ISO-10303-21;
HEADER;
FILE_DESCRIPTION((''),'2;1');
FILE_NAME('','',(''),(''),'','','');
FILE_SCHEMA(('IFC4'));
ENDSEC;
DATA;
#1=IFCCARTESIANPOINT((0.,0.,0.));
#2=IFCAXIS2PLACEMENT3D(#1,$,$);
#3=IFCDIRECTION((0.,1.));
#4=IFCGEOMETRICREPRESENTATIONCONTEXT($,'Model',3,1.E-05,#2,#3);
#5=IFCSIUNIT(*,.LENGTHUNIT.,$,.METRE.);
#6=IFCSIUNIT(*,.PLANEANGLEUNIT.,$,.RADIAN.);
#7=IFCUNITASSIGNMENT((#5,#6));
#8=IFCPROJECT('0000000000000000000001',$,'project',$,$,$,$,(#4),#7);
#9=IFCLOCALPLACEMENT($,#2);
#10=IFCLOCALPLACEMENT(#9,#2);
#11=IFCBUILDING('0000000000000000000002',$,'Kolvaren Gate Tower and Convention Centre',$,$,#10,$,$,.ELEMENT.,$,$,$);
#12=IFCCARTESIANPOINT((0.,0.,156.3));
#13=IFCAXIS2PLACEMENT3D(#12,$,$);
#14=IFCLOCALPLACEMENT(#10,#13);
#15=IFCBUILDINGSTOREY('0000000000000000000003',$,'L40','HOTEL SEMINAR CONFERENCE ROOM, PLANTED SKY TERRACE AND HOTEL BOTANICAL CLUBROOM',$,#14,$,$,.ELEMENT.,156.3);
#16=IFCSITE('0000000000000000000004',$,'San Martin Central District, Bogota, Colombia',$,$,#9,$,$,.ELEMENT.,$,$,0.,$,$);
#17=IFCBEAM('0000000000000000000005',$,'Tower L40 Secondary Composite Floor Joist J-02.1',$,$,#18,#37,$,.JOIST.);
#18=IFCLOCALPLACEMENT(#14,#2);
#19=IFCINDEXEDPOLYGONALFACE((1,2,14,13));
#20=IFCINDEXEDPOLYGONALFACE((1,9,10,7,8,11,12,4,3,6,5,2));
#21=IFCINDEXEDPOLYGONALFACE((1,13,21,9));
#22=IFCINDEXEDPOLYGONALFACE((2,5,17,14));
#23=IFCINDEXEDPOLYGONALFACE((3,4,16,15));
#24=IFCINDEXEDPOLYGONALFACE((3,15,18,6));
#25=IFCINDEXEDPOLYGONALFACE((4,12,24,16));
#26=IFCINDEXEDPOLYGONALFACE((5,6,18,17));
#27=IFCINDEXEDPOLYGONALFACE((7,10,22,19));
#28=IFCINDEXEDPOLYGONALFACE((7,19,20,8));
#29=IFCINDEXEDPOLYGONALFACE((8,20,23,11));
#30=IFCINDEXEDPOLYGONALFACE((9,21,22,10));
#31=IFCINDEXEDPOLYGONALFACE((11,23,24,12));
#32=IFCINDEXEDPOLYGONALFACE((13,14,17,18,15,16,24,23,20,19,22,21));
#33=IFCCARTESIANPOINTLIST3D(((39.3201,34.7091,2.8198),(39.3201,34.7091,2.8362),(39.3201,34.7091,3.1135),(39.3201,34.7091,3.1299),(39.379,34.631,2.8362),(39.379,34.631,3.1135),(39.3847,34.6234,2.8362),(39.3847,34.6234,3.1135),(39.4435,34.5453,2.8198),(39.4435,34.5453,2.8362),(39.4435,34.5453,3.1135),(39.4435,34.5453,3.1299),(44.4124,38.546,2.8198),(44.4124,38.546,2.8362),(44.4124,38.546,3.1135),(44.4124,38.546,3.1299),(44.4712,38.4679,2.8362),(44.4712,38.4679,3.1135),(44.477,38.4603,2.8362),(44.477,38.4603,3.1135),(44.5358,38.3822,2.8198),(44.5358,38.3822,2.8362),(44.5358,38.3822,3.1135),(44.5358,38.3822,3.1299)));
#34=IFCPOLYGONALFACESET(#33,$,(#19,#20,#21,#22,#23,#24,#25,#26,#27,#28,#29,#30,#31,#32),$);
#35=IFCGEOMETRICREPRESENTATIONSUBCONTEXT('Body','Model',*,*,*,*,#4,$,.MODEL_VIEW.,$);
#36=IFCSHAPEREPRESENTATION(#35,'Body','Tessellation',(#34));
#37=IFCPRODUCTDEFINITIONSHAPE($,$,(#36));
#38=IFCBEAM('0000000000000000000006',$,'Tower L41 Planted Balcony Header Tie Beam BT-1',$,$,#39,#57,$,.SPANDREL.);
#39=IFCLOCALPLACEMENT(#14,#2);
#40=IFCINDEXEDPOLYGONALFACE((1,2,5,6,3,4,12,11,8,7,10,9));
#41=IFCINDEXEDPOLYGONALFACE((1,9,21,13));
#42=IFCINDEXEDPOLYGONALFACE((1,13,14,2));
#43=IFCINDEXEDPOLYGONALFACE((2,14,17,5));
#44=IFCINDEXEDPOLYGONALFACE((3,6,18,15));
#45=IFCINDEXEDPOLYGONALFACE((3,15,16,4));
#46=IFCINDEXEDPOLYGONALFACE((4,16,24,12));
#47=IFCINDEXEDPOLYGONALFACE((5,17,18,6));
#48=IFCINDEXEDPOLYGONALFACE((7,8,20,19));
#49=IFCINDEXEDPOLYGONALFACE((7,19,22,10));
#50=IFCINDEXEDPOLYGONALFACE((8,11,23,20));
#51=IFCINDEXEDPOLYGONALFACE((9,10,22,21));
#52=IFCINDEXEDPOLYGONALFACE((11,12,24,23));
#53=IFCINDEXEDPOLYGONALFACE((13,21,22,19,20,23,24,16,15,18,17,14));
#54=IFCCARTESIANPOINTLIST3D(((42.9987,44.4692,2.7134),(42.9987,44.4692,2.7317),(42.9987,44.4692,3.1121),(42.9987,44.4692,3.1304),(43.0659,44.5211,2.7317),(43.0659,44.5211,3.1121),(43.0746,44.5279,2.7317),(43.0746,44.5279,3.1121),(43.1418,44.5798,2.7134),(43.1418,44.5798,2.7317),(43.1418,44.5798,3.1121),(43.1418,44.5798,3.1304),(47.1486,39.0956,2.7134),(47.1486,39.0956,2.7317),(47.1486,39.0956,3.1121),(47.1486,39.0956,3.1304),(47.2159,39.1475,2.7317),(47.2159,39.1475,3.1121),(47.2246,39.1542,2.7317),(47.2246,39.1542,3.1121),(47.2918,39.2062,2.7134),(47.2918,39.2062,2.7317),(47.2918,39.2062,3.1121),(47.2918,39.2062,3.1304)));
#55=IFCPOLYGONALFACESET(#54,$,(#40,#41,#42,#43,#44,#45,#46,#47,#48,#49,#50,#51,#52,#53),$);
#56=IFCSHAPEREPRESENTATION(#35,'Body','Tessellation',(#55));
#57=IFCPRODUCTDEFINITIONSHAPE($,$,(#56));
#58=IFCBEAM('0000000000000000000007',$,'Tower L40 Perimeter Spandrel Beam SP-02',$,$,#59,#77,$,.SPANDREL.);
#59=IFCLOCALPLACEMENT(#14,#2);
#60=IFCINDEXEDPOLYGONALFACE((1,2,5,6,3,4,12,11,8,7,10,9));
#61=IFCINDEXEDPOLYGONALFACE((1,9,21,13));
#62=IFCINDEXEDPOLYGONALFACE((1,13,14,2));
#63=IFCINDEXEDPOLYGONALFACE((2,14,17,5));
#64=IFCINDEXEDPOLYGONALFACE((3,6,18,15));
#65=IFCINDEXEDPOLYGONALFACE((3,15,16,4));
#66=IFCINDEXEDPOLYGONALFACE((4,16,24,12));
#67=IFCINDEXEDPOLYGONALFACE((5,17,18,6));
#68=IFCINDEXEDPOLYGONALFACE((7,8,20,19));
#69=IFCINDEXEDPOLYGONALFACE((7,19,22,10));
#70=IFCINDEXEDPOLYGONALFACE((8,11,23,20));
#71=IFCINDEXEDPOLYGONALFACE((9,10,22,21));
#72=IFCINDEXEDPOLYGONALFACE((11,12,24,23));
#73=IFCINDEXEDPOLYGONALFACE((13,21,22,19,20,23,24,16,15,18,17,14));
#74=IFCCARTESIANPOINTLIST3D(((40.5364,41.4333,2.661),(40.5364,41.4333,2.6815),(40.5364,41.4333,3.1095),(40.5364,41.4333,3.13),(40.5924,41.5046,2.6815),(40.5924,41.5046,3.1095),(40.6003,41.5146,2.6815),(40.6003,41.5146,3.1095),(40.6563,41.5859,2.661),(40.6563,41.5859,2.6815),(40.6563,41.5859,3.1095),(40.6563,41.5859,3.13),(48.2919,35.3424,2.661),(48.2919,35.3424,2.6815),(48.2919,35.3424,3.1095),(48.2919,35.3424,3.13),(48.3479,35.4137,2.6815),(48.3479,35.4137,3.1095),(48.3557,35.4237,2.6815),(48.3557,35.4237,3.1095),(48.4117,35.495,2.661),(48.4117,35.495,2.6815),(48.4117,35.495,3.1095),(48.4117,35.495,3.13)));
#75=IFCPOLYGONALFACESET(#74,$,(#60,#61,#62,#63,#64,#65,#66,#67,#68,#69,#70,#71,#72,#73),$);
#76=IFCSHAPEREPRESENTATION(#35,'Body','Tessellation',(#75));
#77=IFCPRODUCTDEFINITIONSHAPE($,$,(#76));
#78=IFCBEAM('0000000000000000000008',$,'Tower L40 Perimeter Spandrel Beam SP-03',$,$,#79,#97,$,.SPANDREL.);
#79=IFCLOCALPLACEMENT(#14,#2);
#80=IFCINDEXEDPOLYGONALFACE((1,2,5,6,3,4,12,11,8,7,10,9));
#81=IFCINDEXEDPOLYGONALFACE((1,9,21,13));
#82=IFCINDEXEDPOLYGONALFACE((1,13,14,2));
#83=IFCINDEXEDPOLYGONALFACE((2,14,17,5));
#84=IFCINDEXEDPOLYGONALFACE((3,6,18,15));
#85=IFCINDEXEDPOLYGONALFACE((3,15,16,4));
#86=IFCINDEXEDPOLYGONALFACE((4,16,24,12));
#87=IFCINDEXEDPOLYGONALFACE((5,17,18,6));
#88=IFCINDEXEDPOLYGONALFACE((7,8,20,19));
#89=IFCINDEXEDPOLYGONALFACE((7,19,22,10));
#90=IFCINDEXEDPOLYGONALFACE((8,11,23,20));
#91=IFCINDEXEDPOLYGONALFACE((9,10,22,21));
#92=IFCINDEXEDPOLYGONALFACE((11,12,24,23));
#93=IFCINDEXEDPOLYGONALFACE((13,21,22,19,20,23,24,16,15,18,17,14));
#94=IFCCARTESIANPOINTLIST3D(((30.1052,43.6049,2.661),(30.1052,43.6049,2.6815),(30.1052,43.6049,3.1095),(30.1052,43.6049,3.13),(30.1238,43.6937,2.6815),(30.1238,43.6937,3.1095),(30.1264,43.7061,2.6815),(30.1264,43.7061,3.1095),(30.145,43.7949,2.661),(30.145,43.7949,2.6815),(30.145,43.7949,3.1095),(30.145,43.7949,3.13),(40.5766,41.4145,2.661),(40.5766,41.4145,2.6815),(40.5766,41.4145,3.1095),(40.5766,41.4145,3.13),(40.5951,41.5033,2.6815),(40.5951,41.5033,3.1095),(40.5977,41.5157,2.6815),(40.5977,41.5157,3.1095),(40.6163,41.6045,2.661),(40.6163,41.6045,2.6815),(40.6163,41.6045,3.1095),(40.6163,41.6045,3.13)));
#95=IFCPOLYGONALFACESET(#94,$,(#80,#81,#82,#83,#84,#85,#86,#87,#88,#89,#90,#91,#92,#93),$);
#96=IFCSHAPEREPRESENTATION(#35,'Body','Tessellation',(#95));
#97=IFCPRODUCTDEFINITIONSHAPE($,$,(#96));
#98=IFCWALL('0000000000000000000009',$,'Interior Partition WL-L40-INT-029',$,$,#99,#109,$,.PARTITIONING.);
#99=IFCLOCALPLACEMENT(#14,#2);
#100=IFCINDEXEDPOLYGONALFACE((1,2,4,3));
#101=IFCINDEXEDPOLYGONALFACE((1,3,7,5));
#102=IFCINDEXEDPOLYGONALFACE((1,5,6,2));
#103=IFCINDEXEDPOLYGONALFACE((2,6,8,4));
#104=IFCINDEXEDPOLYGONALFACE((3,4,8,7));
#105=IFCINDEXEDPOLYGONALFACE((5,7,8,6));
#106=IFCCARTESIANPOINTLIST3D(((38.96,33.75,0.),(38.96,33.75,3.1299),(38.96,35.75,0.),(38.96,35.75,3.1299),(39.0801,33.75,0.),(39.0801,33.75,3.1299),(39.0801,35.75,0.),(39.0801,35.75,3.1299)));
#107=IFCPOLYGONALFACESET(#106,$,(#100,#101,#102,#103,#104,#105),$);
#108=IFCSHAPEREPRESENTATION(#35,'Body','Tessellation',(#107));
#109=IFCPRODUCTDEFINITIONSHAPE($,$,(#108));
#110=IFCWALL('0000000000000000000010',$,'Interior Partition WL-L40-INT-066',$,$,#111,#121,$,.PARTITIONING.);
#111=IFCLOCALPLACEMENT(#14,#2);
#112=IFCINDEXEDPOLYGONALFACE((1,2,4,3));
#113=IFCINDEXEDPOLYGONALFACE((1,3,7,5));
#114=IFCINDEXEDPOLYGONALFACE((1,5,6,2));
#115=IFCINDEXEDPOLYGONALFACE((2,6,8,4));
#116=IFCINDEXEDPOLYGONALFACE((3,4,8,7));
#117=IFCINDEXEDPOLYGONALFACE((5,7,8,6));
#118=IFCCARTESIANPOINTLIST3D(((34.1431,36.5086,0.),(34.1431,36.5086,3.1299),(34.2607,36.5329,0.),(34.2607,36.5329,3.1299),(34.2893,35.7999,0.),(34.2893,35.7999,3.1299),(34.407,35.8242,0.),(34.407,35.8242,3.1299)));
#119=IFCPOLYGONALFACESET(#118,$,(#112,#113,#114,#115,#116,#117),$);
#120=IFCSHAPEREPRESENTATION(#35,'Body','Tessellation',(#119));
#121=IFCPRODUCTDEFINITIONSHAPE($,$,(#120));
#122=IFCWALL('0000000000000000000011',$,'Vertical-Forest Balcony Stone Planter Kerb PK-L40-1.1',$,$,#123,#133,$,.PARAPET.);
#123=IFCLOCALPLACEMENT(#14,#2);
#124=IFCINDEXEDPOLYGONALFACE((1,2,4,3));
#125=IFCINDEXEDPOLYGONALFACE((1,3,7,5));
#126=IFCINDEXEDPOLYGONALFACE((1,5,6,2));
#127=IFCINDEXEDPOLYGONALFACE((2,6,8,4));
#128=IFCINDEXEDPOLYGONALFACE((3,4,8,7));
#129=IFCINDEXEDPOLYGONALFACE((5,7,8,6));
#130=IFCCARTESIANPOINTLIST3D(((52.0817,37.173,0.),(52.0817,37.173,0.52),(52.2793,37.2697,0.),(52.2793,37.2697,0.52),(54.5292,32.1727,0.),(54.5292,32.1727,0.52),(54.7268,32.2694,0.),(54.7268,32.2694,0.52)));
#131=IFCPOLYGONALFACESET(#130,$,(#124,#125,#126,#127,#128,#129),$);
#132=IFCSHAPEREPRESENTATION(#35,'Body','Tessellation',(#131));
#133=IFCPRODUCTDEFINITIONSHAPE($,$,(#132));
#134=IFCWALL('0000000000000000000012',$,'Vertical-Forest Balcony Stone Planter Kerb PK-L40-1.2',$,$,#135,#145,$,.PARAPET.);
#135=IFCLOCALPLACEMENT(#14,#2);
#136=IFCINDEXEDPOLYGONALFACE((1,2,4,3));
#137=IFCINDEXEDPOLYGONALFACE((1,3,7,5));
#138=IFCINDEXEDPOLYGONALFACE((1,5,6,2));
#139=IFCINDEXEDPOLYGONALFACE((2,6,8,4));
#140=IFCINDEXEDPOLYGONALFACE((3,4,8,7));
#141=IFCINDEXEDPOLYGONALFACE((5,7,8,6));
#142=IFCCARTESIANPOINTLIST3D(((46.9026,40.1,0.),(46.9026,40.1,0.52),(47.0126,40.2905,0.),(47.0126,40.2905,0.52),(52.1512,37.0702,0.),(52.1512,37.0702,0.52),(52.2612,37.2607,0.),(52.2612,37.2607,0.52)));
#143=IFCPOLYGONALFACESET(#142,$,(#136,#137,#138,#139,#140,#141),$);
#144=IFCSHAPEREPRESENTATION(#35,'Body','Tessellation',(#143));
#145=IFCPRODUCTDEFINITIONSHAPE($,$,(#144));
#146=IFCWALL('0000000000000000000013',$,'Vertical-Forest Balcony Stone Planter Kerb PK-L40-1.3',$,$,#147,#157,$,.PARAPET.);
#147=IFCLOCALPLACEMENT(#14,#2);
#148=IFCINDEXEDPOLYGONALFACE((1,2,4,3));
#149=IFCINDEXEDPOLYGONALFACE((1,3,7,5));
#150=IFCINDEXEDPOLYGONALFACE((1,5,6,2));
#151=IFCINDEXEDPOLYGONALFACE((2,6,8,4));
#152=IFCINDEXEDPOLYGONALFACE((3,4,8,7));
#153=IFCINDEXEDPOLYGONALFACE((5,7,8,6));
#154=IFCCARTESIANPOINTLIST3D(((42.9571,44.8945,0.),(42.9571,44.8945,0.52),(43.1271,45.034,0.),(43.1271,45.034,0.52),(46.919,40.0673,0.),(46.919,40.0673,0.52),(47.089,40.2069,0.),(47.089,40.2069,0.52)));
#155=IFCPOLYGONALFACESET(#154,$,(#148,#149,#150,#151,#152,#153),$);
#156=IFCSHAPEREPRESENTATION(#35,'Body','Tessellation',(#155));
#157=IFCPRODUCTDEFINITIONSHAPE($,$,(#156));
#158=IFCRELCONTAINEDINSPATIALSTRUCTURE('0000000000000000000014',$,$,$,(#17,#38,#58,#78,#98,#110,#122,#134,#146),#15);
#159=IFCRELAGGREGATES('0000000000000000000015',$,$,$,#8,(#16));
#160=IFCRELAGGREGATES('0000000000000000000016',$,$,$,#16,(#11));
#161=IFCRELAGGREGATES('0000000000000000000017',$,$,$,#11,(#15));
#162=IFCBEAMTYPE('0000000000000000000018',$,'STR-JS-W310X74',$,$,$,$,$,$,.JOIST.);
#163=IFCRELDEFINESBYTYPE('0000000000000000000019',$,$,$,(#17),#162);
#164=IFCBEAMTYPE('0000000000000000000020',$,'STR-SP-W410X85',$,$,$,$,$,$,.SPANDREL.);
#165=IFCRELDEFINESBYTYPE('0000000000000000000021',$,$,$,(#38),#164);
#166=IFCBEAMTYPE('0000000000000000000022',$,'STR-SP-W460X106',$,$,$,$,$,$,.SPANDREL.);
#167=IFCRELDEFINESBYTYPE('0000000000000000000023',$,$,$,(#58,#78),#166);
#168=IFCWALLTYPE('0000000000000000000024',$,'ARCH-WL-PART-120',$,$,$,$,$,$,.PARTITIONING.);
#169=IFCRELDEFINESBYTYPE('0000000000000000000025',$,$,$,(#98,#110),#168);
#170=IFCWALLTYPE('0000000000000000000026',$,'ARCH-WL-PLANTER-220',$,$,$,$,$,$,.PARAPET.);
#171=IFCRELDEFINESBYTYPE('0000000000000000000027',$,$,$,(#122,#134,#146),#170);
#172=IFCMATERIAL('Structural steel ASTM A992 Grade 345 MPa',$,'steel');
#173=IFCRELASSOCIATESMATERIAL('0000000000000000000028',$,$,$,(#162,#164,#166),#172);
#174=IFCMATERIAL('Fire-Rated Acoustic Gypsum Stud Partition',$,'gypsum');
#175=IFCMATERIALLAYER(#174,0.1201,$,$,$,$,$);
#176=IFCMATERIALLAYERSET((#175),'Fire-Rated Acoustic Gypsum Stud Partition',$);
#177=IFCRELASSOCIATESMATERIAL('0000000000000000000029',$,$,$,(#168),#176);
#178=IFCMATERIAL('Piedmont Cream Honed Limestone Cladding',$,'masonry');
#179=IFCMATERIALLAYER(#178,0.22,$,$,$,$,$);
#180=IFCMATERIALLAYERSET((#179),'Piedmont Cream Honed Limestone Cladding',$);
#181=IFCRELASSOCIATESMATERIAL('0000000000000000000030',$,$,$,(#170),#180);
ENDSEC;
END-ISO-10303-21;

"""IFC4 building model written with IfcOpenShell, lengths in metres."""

from ifc_helpers import new_model, si_unit, direction, frame, frame_2d, origin, origin_2d, place, context, subcontext, project, spatial, rectangle, i_section, extrude, material, layer, layer_set, material_profile, profile_set, type_object, element, save


model = new_model("IFC4")

# Units and contexts
model_context = context("Model", 3, precision=1e-05, world=origin(), true_north=direction((0.0, 1.0)))
body_context = subcontext(model_context, "Body", "Model", "MODEL_VIEW")
ifc_project = project(units=[si_unit("LENGTHUNIT", "METRE"), si_unit("PLANEANGLEUNIT", "RADIAN")], contexts=[model_context])

# Site, building, storey
site_placement = place(None, origin())
site = spatial("IfcSite", under=ifc_project, at=site_placement, Name="San Martin Central District, Bogota, Colombia", CompositionType="ELEMENT", RefElevation=0.0)
building_placement = place(site_placement, origin())
building = spatial("IfcBuilding", under=site, at=building_placement, Name="Kolvaren Gate Tower and Convention Centre", CompositionType="ELEMENT")
storey_placement = place(building_placement, frame((0.0, 0.0, 156.3)))
storey = spatial("IfcBuildingStorey", under=building, at=storey_placement, Name="L40", Description="HOTEL SEMINAR CONFERENCE ROOM, PLANTED SKY TERRACE AND HOTEL BOTANICAL CLUBROOM", CompositionType="ELEMENT", Elevation=156.3)

# Beams
ifc_material_1 = material(Name="Structural steel ASTM A992 Grade 345 MPa", Category="steel")
ifc_material_profile_1 = material_profile(ifc_material_1, i_section(OverallWidth=0.2051, OverallDepth=0.3101, WebThickness=0.0095, FlangeThickness=0.0164, at=origin_2d()), Name="W310X74")
ifc_profile_set_1 = profile_set([ifc_material_profile_1], Name="Structural steel ASTM A992 Grade 345 MPa")
beam_type_1 = type_object("IfcBeamType", Name="STR-JS-W310X74", PredefinedType="JOIST", material=ifc_profile_set_1)
beam_1_placement = place(storey_placement, frame((39.3818, 34.6272, 2.9749), z_axis=(0.798666, 0.601775, 0.0), x_axis=(-0.601775, 0.798666, 0.0)))
element("IfcBeam", 1, at=beam_1_placement, inside=storey, type_object=beam_type_1, Name="Tower L40 Secondary Composite Floor Joist J-02.1", PredefinedType="JOIST", context=body_context, shape_type="SweptSolid", body=[
    extrude(i_section(OverallWidth=0.2051, OverallDepth=0.3101, WebThickness=0.0095, FlangeThickness=0.0164, at=origin_2d()), origin(), (0.0, 0.0, 1.0), 6.376),
])
ifc_material_profile_2 = material_profile(ifc_material_1, i_section(OverallWidth=0.1809, OverallDepth=0.417, WebThickness=0.011, FlangeThickness=0.0183, at=origin_2d()), Name="W410X85")
ifc_profile_set_2 = profile_set([ifc_material_profile_2], Name="Structural steel ASTM A992 Grade 345 MPa")
beam_type_2 = type_object("IfcBeamType", Name="STR-SP-W410X85", PredefinedType="SPANDREL", material=ifc_profile_set_2)
beam_2_placement = place(storey_placement, frame((47.2202, 39.1509, 2.9219), z_axis=(-0.611228, 0.791454, 0.0), x_axis=(-0.791454, -0.611228, 0.0)))
element("IfcBeam", 2, at=beam_2_placement, inside=storey, type_object=beam_type_2, Name="Tower L41 Planted Balcony Header Tie Beam BT-1", PredefinedType="SPANDREL", context=body_context, shape_type="SweptSolid", body=[
    extrude(i_section(OverallWidth=0.1809, OverallDepth=0.417, WebThickness=0.011, FlangeThickness=0.0183, at=origin_2d()), origin(), (0.0, 0.0, 1.0), 6.7896),
])
ifc_material_profile_3 = material_profile(ifc_material_1, i_section(OverallWidth=0.1941, OverallDepth=0.469, WebThickness=0.0127, FlangeThickness=0.0205, at=origin_2d()), Name="W460X106")
ifc_profile_set_3 = profile_set([ifc_material_profile_3], Name="Structural steel ASTM A992 Grade 345 MPa")
beam_type_3 = type_object("IfcBeamType", Name="STR-SP-W460X106", PredefinedType="SPANDREL", material=ifc_profile_set_3)
beam_3_placement = place(storey_placement, frame((48.3518, 35.4187, 2.8955), z_axis=(-0.786451, 0.617653, 0.0), x_axis=(-0.617653, -0.786451, 0.0)))
element("IfcBeam", 3, at=beam_3_placement, inside=storey, type_object=beam_type_3, Name="Tower L40 Perimeter Spandrel Beam SP-02", PredefinedType="SPANDREL", context=body_context, shape_type="SweptSolid", body=[
    extrude(i_section(OverallWidth=0.1941, OverallDepth=0.469, WebThickness=0.0127, FlangeThickness=0.0205, at=origin_2d()), origin(), (0.0, 0.0, 1.0), 9.8613),
])
beam_4_placement = place(storey_placement, frame((40.5964, 41.5095, 2.8955), z_axis=(-0.978814, 0.20475, 0.0), x_axis=(-0.20475, -0.978814, 0.0)))
element("IfcBeam", 4, at=beam_4_placement, inside=storey, type_object=beam_type_3, Name="Tower L40 Perimeter Spandrel Beam SP-03", PredefinedType="SPANDREL", context=body_context, shape_type="SweptSolid", body=[
    extrude(i_section(OverallWidth=0.1941, OverallDepth=0.469, WebThickness=0.0127, FlangeThickness=0.0205, at=origin_2d()), origin(), (0.0, 0.0, 1.0), 10.698),
])

# Walls
ifc_material_2 = material(Name="Fire-Rated Acoustic Gypsum Stud Partition", Category="gypsum")
ifc_layer_1 = layer(ifc_material_2, 0.1201)
ifc_layer_set_1 = layer_set([ifc_layer_1], Name="Fire-Rated Acoustic Gypsum Stud Partition")
wall_type_1 = type_object("IfcWallType", Name="ARCH-WL-PART-120", PredefinedType="PARTITIONING", material=ifc_layer_set_1)
wall_1_placement = place(storey_placement, frame((39.02, 33.75, 0.0), z_axis=(0.0, 0.0, 1.0), x_axis=(0.0, 1.0, 0.0)))
element("IfcWall", 5, at=wall_1_placement, inside=storey, type_object=wall_type_1, Name="Interior Partition WL-L40-INT-029", PredefinedType="PARTITIONING", context=body_context, shape_type="SweptSolid", body=[
    extrude(rectangle(XDim=2.0, YDim=0.1201, at=frame_2d((1.0, 0.0))), origin(), (0.0, 0.0, 1.0), 3.1299),
])
wall_2_placement = place(storey_placement, frame((34.2019, 36.5208, 0.0), z_axis=(0.0, 0.0, 1.0), x_axis=(0.202081, -0.979369, 0.0)))
element("IfcWall", 6, at=wall_2_placement, inside=storey, type_object=wall_type_1, Name="Interior Partition WL-L40-INT-066", PredefinedType="PARTITIONING", context=body_context, shape_type="SweptSolid", body=[
    extrude(rectangle(XDim=0.7236, YDim=0.1201, at=frame_2d((0.3618, 0.0))), origin(), (0.0, 0.0, 1.0), 3.1299),
])
ifc_material_3 = material(Name="Piedmont Cream Honed Limestone Cladding", Category="masonry")
ifc_layer_2 = layer(ifc_material_3, 0.22)
ifc_layer_set_2 = layer_set([ifc_layer_2], Name="Piedmont Cream Honed Limestone Cladding")
wall_type_2 = type_object("IfcWallType", Name="ARCH-WL-PLANTER-220", PredefinedType="PARAPET", material=ifc_layer_set_2)
wall_3_placement = place(storey_placement, frame((52.1804, 37.2214, 0.0), z_axis=(0.0, 0.0, 1.0), x_axis=(0.439637, -0.898175, 0.0)))
element("IfcWall", 7, at=wall_3_placement, inside=storey, type_object=wall_type_2, Name="Vertical-Forest Balcony Stone Planter Kerb PK-L40-1.1", PredefinedType="PARAPET", context=body_context, shape_type="SweptSolid", body=[
    extrude(rectangle(XDim=5.5671, YDim=0.22, at=frame_2d((2.7837, 0.0))), origin(), (0.0, 0.0, 1.0), 0.52),
])
wall_4_placement = place(storey_placement, frame((46.9575, 40.1953, 0.0), z_axis=(0.0, 0.0, 1.0), x_axis=(0.866058, -0.499943, 0.0)))
element("IfcWall", 8, at=wall_4_placement, inside=storey, type_object=wall_type_2, Name="Vertical-Forest Balcony Stone Planter Kerb PK-L40-1.2", PredefinedType="PARAPET", context=body_context, shape_type="SweptSolid", body=[
    extrude(rectangle(XDim=6.0603, YDim=0.22, at=frame_2d((3.0303, 0.0))), origin(), (0.0, 0.0, 1.0), 0.52),
])
wall_5_placement = place(storey_placement, frame((43.042, 44.9644, 0.0), z_axis=(0.0, 0.0, 1.0), x_axis=(0.634429, -0.772981, 0.0)))
element("IfcWall", 9, at=wall_5_placement, inside=storey, type_object=wall_type_2, Name="Vertical-Forest Balcony Stone Planter Kerb PK-L40-1.3", PredefinedType="PARAPET", context=body_context, shape_type="SweptSolid", body=[
    extrude(rectangle(XDim=6.2449, YDim=0.22, at=frame_2d((3.1226, 0.0))), origin(), (0.0, 0.0, 1.0), 0.52),
])

save(model, "model.ifc")
